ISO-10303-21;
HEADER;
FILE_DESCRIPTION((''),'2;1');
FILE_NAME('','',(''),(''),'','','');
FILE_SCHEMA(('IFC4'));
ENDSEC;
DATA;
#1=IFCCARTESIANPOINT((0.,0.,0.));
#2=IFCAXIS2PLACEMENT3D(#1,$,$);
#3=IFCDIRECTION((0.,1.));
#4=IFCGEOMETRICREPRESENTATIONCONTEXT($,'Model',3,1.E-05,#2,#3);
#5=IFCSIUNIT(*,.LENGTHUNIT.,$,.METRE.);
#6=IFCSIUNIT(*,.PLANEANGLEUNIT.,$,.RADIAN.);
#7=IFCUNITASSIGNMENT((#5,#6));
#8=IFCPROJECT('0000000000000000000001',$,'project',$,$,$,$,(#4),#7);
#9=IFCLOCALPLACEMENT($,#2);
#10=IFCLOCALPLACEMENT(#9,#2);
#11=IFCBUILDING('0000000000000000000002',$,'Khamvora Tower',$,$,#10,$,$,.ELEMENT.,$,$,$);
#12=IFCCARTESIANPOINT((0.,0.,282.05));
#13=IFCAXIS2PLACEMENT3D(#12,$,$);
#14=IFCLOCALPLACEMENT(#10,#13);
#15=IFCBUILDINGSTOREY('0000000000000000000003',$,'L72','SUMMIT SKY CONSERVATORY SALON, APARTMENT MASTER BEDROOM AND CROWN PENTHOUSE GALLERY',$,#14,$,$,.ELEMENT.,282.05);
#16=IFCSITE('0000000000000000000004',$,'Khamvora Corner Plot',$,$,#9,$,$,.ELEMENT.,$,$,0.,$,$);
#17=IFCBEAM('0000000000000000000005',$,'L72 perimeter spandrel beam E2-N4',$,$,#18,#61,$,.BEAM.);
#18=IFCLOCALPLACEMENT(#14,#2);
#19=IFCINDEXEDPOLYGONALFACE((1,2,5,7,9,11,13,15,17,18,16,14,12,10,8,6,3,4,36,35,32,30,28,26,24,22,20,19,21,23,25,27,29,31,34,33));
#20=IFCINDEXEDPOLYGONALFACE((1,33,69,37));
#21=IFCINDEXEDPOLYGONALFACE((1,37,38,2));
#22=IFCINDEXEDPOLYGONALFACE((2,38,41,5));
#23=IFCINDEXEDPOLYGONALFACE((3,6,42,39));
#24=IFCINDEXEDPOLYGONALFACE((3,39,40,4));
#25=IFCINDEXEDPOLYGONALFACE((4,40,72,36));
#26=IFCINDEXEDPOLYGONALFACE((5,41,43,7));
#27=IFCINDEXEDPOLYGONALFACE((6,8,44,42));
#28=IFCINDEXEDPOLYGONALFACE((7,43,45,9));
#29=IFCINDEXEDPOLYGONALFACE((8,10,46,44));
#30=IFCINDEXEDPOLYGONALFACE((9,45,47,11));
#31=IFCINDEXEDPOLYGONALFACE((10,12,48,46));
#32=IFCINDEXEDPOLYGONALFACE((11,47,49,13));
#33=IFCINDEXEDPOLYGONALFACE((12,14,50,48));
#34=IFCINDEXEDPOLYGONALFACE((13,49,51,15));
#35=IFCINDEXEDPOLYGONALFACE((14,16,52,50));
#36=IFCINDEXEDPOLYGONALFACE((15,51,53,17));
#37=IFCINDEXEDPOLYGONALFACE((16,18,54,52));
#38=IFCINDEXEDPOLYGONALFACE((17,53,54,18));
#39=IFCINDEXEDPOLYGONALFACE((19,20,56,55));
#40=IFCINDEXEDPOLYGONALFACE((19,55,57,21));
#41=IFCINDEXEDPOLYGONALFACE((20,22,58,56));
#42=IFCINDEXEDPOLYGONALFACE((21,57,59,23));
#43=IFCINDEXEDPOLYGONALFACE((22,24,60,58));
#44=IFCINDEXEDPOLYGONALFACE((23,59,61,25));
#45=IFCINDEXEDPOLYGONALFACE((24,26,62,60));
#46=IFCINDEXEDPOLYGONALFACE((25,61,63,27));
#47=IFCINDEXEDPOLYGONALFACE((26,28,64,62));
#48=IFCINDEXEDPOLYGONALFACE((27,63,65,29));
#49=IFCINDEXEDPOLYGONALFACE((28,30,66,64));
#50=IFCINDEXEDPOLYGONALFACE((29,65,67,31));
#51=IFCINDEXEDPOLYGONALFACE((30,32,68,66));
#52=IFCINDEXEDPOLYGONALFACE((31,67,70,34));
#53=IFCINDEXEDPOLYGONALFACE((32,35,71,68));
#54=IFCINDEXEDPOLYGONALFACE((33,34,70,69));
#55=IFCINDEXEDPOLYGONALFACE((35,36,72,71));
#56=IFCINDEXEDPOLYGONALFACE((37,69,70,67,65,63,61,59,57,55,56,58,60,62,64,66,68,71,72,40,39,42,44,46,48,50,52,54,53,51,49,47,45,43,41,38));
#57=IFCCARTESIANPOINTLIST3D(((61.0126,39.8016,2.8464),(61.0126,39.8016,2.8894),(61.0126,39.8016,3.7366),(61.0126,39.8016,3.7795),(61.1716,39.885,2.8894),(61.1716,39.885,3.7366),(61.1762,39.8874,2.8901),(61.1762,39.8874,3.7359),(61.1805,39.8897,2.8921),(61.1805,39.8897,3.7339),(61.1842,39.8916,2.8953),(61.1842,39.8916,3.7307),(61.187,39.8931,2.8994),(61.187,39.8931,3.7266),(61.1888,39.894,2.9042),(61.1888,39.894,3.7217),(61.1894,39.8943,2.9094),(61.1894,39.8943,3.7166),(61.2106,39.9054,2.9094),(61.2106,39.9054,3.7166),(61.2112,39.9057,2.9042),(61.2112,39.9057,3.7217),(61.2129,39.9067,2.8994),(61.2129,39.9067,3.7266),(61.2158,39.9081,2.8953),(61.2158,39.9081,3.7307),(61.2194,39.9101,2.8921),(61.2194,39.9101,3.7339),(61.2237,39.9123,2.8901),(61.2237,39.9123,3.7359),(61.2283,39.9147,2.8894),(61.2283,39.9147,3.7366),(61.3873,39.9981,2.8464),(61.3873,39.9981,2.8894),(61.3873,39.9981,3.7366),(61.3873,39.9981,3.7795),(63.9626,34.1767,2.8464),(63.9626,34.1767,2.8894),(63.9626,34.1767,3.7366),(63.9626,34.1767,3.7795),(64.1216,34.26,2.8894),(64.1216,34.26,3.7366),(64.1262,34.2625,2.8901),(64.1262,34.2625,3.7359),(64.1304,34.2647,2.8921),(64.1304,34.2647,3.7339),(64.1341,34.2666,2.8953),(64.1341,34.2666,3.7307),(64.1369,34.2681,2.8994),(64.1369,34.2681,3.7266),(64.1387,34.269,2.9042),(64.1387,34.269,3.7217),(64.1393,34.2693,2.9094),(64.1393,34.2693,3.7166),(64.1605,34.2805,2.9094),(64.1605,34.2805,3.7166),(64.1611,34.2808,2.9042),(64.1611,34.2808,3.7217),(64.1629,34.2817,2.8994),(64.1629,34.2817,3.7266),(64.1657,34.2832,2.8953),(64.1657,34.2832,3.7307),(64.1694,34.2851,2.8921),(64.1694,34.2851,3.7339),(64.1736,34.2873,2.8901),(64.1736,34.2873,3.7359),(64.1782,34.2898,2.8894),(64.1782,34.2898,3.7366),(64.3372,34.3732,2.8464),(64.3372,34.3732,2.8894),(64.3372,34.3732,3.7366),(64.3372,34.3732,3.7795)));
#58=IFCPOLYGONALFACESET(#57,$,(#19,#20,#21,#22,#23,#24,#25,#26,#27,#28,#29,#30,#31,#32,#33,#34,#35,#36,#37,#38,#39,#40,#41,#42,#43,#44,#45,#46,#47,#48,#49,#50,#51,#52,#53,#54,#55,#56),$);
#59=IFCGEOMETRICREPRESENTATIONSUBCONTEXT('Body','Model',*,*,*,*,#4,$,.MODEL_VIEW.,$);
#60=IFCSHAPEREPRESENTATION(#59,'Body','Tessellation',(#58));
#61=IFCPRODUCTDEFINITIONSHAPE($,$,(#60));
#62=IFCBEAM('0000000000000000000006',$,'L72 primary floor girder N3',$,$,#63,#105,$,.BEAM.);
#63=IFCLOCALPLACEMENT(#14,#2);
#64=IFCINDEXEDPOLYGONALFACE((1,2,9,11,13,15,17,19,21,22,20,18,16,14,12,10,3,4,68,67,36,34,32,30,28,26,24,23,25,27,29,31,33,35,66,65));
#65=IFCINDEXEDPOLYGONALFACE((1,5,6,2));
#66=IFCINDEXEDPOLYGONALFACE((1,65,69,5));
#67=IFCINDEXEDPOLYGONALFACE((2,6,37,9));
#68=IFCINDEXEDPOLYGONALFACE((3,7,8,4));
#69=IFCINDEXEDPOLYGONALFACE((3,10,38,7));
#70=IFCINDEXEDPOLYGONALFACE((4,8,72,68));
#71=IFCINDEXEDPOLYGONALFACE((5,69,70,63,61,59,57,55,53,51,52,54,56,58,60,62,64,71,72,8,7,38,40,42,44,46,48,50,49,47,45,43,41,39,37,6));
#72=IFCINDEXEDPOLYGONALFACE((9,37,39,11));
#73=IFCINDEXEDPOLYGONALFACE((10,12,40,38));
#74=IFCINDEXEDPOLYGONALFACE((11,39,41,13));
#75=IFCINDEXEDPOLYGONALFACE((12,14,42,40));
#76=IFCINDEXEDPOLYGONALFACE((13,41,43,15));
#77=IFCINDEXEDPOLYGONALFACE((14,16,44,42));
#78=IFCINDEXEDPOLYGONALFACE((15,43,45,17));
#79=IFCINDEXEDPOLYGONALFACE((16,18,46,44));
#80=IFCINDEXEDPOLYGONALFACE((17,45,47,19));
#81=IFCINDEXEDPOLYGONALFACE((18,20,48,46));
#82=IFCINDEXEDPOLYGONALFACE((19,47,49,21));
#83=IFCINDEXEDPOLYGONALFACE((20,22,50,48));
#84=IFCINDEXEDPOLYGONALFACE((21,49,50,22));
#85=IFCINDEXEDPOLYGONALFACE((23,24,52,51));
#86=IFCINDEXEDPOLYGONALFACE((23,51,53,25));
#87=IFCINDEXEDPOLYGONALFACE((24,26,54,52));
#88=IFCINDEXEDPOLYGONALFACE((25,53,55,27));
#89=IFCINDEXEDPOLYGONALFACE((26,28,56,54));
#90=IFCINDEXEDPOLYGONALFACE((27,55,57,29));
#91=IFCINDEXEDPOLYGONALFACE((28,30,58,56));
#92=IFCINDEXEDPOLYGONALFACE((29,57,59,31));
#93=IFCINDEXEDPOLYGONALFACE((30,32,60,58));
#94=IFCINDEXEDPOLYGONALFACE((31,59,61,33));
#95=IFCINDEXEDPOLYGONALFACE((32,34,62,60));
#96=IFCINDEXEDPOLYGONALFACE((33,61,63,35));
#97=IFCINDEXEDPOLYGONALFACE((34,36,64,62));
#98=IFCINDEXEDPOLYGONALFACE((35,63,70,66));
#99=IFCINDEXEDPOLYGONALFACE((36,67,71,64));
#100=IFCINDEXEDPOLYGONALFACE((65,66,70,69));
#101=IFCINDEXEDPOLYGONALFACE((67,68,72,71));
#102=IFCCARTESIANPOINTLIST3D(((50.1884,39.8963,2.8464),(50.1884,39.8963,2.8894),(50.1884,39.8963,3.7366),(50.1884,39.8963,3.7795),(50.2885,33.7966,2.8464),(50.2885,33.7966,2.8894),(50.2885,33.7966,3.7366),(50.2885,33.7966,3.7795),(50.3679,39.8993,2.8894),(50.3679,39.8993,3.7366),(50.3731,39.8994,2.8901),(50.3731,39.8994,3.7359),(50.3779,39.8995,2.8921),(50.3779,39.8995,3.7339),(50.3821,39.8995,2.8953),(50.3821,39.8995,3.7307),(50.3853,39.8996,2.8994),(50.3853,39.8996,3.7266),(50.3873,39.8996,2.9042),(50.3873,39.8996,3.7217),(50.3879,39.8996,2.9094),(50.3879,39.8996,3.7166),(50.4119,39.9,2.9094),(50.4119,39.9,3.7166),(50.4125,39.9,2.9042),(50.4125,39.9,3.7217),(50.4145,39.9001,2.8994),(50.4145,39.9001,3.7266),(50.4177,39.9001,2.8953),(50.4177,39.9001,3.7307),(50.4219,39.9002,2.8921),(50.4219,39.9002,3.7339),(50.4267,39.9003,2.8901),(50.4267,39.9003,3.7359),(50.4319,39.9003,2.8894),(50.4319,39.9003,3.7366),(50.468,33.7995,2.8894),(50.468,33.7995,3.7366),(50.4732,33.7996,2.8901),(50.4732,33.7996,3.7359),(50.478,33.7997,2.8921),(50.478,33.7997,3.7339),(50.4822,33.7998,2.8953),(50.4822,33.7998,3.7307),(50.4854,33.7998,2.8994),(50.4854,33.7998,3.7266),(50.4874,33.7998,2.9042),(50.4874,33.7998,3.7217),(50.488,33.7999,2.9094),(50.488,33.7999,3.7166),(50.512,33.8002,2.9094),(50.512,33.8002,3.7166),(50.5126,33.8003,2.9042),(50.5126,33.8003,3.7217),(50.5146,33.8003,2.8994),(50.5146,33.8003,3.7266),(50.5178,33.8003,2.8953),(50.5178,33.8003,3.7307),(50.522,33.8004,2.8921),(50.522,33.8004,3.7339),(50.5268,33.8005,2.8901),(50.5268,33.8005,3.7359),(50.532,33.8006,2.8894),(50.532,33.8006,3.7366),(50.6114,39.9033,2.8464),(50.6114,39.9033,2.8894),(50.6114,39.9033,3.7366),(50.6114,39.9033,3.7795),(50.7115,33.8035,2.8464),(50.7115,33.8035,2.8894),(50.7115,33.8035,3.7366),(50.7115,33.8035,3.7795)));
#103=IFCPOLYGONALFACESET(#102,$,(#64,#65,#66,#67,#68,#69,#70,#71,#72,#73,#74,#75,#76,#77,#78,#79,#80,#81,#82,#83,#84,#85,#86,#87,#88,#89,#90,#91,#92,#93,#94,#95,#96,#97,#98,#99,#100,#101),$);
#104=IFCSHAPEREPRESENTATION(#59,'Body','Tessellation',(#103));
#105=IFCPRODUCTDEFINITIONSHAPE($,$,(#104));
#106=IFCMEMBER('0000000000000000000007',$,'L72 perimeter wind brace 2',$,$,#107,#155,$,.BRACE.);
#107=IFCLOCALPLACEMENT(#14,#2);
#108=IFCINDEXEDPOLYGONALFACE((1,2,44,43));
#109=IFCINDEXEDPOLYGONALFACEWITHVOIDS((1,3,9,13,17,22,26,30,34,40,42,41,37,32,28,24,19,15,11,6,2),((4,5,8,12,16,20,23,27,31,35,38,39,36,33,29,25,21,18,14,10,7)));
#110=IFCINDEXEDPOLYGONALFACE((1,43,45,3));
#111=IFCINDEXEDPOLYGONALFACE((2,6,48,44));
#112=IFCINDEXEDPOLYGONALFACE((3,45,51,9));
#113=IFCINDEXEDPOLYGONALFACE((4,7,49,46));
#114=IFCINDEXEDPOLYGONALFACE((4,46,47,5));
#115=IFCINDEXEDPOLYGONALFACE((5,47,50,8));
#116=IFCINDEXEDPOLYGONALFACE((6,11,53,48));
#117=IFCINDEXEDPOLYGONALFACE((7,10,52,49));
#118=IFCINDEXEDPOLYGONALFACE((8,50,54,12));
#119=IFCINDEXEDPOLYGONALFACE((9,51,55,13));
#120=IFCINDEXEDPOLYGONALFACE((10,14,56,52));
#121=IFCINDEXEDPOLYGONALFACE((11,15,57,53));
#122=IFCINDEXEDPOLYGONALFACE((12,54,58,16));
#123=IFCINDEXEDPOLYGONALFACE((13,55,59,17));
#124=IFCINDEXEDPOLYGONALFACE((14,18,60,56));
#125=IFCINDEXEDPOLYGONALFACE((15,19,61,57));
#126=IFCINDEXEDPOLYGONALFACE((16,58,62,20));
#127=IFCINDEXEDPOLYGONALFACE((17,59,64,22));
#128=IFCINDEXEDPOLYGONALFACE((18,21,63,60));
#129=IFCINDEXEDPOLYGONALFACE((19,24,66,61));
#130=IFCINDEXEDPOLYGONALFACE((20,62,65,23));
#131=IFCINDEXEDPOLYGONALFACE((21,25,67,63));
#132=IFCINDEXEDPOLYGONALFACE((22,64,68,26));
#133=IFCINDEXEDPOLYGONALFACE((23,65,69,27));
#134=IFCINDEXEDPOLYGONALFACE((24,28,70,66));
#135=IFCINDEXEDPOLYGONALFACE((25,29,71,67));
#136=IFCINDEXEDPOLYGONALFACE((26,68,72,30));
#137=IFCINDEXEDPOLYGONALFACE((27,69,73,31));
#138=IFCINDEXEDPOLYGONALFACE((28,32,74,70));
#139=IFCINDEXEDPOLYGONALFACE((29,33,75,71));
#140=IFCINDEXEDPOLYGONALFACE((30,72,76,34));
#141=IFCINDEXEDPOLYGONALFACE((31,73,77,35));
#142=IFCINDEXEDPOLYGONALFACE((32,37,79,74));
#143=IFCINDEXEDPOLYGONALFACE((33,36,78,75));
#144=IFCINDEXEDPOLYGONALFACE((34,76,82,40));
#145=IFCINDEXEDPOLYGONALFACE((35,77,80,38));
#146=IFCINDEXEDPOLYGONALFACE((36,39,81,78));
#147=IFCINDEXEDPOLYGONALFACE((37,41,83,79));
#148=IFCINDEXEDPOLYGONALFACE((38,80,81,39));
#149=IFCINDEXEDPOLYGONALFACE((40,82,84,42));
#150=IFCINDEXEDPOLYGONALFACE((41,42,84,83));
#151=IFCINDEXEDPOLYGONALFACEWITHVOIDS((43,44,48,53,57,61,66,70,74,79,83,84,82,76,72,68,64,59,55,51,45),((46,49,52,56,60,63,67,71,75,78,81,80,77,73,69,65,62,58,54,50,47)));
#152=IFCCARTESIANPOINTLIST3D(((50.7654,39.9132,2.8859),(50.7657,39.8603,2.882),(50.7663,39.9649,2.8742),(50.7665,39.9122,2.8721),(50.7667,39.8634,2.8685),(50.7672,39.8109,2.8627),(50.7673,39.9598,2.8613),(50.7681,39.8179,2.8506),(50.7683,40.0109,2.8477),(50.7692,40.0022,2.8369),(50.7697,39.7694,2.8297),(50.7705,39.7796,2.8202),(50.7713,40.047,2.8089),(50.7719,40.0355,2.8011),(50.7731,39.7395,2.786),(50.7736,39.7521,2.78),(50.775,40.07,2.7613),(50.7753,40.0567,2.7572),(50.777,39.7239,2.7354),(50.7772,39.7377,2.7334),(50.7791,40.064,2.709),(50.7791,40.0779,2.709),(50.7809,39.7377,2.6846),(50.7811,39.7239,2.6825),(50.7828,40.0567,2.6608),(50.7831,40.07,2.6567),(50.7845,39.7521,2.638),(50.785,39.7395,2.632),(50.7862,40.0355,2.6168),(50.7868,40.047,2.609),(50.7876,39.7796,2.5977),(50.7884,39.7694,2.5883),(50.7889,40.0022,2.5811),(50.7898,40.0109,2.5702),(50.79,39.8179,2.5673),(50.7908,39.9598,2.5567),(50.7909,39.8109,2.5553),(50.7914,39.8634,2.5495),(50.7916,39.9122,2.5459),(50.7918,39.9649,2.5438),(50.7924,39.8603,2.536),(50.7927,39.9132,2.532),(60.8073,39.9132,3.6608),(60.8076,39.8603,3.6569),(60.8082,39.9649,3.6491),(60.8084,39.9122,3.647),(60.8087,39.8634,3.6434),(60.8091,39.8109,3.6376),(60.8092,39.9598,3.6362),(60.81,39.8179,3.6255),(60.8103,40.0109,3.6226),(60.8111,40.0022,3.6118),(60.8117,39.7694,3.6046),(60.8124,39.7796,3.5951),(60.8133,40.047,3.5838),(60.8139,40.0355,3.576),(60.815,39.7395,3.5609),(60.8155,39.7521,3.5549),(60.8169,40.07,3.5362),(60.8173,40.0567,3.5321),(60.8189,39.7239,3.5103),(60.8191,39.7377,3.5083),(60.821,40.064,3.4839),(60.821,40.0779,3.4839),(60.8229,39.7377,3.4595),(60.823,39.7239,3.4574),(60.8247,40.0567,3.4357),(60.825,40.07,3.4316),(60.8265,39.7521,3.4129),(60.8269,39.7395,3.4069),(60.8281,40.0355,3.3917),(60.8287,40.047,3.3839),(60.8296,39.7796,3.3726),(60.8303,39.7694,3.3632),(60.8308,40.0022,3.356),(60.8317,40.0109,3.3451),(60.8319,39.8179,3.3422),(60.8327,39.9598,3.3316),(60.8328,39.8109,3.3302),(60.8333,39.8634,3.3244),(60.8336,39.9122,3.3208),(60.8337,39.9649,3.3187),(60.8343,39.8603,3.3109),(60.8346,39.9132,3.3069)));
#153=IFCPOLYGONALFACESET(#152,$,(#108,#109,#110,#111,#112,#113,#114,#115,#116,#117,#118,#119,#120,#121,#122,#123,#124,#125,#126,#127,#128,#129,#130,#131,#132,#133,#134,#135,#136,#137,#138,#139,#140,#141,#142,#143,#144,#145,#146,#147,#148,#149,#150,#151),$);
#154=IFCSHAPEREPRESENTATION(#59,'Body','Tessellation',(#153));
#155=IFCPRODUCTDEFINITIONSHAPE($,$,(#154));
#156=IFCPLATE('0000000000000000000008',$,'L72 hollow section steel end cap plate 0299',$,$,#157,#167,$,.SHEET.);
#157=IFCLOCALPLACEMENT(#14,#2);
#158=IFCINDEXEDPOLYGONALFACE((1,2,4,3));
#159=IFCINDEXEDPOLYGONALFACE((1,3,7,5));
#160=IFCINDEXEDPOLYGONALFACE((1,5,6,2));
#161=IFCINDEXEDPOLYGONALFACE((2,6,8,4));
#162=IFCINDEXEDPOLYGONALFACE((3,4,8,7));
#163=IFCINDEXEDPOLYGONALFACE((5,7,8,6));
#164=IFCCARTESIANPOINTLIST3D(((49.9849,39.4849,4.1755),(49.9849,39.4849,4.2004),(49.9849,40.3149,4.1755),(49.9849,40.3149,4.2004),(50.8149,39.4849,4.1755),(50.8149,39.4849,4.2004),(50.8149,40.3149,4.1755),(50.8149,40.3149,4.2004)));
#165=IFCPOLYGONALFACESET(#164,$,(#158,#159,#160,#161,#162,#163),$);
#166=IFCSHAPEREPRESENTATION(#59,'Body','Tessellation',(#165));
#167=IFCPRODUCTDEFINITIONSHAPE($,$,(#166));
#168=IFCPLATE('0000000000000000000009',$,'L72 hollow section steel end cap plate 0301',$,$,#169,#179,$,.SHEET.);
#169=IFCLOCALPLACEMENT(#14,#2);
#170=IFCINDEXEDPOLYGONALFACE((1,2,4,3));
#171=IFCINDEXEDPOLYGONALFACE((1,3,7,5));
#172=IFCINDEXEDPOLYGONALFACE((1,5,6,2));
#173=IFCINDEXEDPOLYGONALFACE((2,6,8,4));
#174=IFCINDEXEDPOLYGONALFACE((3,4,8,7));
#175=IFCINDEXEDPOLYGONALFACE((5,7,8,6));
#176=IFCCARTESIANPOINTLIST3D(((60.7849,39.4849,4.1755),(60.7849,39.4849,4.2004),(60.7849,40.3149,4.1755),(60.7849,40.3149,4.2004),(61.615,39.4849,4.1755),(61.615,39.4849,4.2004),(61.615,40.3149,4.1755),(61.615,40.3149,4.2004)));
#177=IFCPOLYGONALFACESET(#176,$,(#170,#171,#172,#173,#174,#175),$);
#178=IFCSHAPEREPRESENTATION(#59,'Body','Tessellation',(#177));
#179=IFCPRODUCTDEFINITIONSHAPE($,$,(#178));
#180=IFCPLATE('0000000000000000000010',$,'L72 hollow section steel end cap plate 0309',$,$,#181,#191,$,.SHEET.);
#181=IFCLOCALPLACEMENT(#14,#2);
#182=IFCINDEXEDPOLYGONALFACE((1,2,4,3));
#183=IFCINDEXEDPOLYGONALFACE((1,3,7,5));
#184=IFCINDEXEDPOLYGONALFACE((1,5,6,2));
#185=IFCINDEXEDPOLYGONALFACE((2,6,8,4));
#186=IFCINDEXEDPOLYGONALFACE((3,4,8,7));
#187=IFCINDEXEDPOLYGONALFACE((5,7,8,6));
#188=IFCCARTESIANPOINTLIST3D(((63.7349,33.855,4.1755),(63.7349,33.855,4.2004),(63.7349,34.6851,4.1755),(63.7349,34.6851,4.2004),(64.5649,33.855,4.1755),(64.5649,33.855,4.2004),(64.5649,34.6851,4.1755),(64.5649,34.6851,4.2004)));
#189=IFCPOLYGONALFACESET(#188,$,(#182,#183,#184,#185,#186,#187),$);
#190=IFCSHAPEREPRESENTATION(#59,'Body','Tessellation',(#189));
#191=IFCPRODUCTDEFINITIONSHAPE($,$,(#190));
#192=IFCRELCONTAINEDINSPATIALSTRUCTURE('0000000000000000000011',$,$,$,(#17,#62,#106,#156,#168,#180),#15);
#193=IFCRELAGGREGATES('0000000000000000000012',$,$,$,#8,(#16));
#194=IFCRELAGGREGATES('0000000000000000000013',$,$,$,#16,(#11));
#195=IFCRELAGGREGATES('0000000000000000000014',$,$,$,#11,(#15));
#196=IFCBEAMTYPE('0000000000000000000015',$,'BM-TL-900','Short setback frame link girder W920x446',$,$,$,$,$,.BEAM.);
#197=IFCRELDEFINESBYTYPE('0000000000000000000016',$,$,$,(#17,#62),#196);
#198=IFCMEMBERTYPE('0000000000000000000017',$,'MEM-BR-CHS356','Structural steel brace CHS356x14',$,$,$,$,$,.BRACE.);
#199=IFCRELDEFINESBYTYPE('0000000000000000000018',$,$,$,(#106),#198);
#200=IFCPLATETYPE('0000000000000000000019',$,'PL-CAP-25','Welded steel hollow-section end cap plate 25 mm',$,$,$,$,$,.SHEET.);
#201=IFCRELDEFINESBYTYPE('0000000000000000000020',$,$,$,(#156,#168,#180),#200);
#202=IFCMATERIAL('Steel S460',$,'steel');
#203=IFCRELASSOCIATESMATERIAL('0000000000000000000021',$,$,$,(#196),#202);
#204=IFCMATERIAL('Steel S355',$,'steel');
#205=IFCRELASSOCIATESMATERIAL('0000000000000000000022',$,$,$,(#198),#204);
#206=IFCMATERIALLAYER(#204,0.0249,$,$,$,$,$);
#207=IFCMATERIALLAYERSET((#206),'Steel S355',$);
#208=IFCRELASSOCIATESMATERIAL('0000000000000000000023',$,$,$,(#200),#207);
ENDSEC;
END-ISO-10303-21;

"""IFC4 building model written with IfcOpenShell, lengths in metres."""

from ifc_helpers import new_model, si_unit, direction, frame, origin, origin_2d, place, context, subcontext, project, spatial, rectangle, hollow_circle, i_section, extrude, material, layer, layer_set, material_profile, profile_set, type_object, element, save


model = new_model("IFC4")

# Units and contexts
model_context = context("Model", 3, precision=1e-05, world=origin(), true_north=direction((0.0, 1.0)))
body_context = subcontext(model_context, "Body", "Model", "MODEL_VIEW")
ifc_project = project(units=[si_unit("LENGTHUNIT", "METRE"), si_unit("PLANEANGLEUNIT", "RADIAN")], contexts=[model_context])

# Site, building, storey
site_placement = place(None, origin())
site = spatial("IfcSite", under=ifc_project, at=site_placement, Name="Khamvora Corner Plot", CompositionType="ELEMENT", RefElevation=0.0)
building_placement = place(site_placement, origin())
building = spatial("IfcBuilding", under=site, at=building_placement, Name="Khamvora Tower", CompositionType="ELEMENT")
storey_placement = place(building_placement, frame((0.0, 0.0, 282.05)))
storey = spatial("IfcBuildingStorey", under=building, at=storey_placement, Name="L72", Description="SUMMIT SKY CONSERVATORY SALON, APARTMENT MASTER BEDROOM AND CROWN PENTHOUSE GALLERY", CompositionType="ELEMENT", Elevation=282.05)

# Shared definitions
ifc_material_1 = material(Name="Steel S355", Category="steel")

# Beams
ifc_material_2 = material(Name="Steel S460", Category="steel")
ifc_material_profile_1 = material_profile(ifc_material_2, i_section(OverallWidth=0.4231, OverallDepth=0.9331, WebThickness=0.0239, FlangeThickness=0.043, FilletRadius=0.02, at=origin_2d()), Name="W920x446")
ifc_profile_set_1 = profile_set([ifc_material_profile_1], Name="Steel S460")
beam_type_1 = type_object("IfcBeamType", Name="BM-TL-900", Description="Short setback frame link girder W920x446", PredefinedType="BEAM", material=ifc_profile_set_1)
beam_1_placement = place(storey_placement, frame((64.1499, 34.2749, 3.313), z_axis=(-0.464442, 0.885603, 0.0), x_axis=(-0.885603, -0.464442, 0.0)))
element("IfcBeam", 1, at=beam_1_placement, inside=storey, type_object=beam_type_1, Name="L72 perimeter spandrel beam E2-N4", PredefinedType="BEAM", context=body_context, shape_type="SweptSolid", body=[
    extrude(i_section(OverallWidth=0.4231, OverallDepth=0.9331, WebThickness=0.0239, FlangeThickness=0.043, FilletRadius=0.02, at=origin_2d()), origin(), (0.0, 0.0, 1.0), 6.3516),
])
beam_2_placement = place(storey_placement, frame((50.5, 33.8, 3.313), z_axis=(-0.016408, 0.999865, 0.0), x_axis=(-0.999865, -0.016408, 0.0)))
element("IfcBeam", 2, at=beam_2_placement, inside=storey, type_object=beam_type_1, Name="L72 primary floor girder N3", PredefinedType="BEAM", context=body_context, shape_type="SweptSolid", body=[
    extrude(i_section(OverallWidth=0.4231, OverallDepth=0.9331, WebThickness=0.0239, FlangeThickness=0.043, FilletRadius=0.02, at=origin_2d()), origin(), (0.0, 0.0, 1.0), 6.1006),
])

# Member
ifc_material_profile_2 = material_profile(ifc_material_1, hollow_circle(Radius=0.178, WallThickness=0.0139, at=origin_2d()), Name="CHS356x14")
ifc_profile_set_2 = profile_set([ifc_material_profile_2], Name="Steel S355")
member_type = type_object("IfcMemberType", Name="MEM-BR-CHS356", Description="Structural steel brace CHS356x14", PredefinedType="BRACE", material=ifc_profile_set_2)
member_placement = place(storey_placement, frame((50.7791, 39.8999, 2.709), z_axis=(0.997036, 0.0, 0.076937), x_axis=(0.0, 1.0, 0.0)))
element("IfcMember", 3, at=member_placement, inside=storey, type_object=member_type, Name="L72 perimeter wind brace 2", PredefinedType="BRACE", context=body_context, shape_type="SweptSolid", body=[
    extrude(hollow_circle(Radius=0.178, WallThickness=0.0139, at=origin_2d()), origin(), (0.0, 0.0, 1.0), 10.0718),
])

# Plates
ifc_layer_1 = layer(ifc_material_1, 0.0249)
ifc_layer_set_1 = layer_set([ifc_layer_1], Name="Steel S355")
plate_type_1 = type_object("IfcPlateType", Name="PL-CAP-25", Description="Welded steel hollow-section end cap plate 25 mm", PredefinedType="SHEET", material=ifc_layer_set_1)
for number, where, z_axis, x_axis, name in (
    (4, (50.3999, 39.8999, 4.1755), (0.0, 0.0, 1.0), (1.0, 0.0, 0.0), "L72 hollow section steel end cap plate 0299"),
    (5, (61.2, 39.8999, 4.1755), (0.0, 0.0, 1.0), (1.0, 0.0, 0.0), "L72 hollow section steel end cap plate 0301"),
    (6, (64.1499, 34.27, 4.1755), (0.0, 0.0, 1.0), (1.0, 0.0, 0.0), "L72 hollow section steel end cap plate 0309"),
):
    element("IfcPlate", number, at=place(storey_placement, frame(where, z_axis=z_axis, x_axis=x_axis)), inside=storey, type_object=plate_type_1, Name=name, PredefinedType="SHEET", context=body_context, shape_type="SweptSolid", body=[
        extrude(rectangle(XDim=0.8301, YDim=0.8301, at=origin_2d()), origin(), (0.0, 0.0, 1.0), 0.0249),
    ])

save(model, "model.ifc")
